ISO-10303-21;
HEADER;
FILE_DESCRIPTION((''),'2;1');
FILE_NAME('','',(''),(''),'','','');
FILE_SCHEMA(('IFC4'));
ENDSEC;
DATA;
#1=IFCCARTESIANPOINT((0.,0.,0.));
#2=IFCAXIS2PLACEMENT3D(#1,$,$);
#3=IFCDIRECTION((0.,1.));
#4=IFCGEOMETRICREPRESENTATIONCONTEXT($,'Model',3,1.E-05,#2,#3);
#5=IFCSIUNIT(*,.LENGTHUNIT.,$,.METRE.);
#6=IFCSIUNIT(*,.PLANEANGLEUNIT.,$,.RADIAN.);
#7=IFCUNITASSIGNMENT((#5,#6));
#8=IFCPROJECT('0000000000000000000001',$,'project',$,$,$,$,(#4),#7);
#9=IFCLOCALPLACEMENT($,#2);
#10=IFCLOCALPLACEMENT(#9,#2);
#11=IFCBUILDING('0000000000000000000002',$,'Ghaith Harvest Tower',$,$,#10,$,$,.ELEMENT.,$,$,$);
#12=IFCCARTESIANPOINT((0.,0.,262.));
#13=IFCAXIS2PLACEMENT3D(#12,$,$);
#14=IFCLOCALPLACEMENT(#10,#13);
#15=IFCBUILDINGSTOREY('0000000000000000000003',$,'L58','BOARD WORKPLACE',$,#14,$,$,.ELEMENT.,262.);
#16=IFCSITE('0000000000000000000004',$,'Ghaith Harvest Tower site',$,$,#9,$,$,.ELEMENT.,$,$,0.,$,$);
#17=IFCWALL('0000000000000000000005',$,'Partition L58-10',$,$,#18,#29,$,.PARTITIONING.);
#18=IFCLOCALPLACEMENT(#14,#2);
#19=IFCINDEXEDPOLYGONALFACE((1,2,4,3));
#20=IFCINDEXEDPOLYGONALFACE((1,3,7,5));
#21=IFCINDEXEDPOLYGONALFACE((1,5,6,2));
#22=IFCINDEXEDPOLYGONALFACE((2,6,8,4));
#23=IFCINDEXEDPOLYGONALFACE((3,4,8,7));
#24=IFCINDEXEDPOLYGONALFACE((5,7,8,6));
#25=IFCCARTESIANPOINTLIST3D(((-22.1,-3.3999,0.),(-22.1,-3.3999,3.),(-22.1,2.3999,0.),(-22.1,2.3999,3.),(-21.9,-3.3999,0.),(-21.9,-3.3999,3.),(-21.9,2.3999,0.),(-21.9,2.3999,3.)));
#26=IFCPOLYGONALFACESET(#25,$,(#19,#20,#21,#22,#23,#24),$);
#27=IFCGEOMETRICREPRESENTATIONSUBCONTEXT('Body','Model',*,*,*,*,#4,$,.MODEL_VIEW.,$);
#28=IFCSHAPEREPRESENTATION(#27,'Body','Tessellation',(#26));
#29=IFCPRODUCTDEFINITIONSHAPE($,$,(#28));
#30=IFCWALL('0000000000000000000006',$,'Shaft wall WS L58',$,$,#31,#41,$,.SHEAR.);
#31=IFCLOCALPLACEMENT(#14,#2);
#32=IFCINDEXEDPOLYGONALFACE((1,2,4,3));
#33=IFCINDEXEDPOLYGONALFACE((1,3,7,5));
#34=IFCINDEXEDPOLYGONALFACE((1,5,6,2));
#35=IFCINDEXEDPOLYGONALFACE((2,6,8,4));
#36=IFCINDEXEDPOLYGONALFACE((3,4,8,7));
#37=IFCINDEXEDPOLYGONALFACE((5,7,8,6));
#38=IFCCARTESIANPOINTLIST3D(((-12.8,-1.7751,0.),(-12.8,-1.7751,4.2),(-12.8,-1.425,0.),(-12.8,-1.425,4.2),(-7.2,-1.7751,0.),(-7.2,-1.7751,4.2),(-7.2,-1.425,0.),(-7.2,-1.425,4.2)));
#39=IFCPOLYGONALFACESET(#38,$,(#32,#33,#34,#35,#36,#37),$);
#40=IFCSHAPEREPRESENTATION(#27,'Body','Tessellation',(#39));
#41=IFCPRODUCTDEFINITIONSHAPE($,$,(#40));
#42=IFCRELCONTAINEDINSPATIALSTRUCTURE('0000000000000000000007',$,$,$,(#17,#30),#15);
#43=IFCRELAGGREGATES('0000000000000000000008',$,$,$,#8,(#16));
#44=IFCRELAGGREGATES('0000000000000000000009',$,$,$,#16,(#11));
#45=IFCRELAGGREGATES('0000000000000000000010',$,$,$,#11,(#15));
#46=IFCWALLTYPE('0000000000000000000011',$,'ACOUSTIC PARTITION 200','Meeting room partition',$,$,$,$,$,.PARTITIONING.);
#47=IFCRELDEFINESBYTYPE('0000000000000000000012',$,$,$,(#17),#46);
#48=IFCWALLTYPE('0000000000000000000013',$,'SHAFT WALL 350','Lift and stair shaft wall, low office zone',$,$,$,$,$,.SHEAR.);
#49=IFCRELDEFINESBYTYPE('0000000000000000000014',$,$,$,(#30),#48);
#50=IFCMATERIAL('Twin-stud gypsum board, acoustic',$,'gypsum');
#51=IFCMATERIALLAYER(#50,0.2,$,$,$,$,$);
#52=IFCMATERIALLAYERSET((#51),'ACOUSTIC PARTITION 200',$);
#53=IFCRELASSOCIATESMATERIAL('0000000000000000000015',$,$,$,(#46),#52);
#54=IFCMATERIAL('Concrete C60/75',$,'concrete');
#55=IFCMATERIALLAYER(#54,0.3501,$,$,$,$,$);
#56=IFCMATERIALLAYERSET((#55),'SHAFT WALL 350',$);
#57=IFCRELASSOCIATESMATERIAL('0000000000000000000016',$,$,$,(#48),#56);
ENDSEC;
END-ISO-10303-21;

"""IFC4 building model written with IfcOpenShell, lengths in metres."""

from ifc_helpers import new_model, si_unit, direction, frame, frame_2d, origin, place, context, subcontext, project, spatial, rectangle, extrude, material, layer, layer_set, type_object, element, save


model = new_model("IFC4")

# Units and contexts
model_context = context("Model", 3, precision=1e-05, world=origin(), true_north=direction((0.0, 1.0)))
body_context = subcontext(model_context, "Body", "Model", "MODEL_VIEW")
ifc_project = project(units=[si_unit("LENGTHUNIT", "METRE"), si_unit("PLANEANGLEUNIT", "RADIAN")], contexts=[model_context])

# Site, building, storey
site_placement = place(None, origin())
site = spatial("IfcSite", under=ifc_project, at=site_placement, Name="Ghaith Harvest Tower site", CompositionType="ELEMENT", RefElevation=0.0)
building_placement = place(site_placement, origin())
building = spatial("IfcBuilding", under=site, at=building_placement, Name="Ghaith Harvest Tower", CompositionType="ELEMENT")
storey_placement = place(building_placement, frame((0.0, 0.0, 262.0)))
storey = spatial("IfcBuildingStorey", under=building, at=storey_placement, Name="L58", Description="BOARD WORKPLACE", CompositionType="ELEMENT", Elevation=262.0)

# Shared definitions
ifc_material_1 = material(Name="Twin-stud gypsum board, acoustic", Category="gypsum")
ifc_layer_1 = layer(ifc_material_1, 0.2)
ifc_layer_set_1 = layer_set([ifc_layer_1], Name="ACOUSTIC PARTITION 200")
wall_type_1 = type_object("IfcWallType", Name="ACOUSTIC PARTITION 200", Description="Meeting room partition", PredefinedType="PARTITIONING", material=ifc_layer_set_1)

# Walls
wall_1_placement = place(storey_placement, frame((-22.0, -3.3999, 0.0), z_axis=(0.0, 0.0, 1.0), x_axis=(0.0, 1.0, 0.0)))
element("IfcWall", 1, at=wall_1_placement, inside=storey, type_object=wall_type_1, Name="Partition L58-10", PredefinedType="PARTITIONING", context=body_context, shape_type="SweptSolid", body=[
    extrude(rectangle(XDim=5.7998, YDim=0.2, at=frame_2d((2.8999, 0.0))), origin(), (0.0, 0.0, 1.0), 3.0),
])
ifc_material_2 = material(Name="Concrete C60/75", Category="concrete")
ifc_layer_2 = layer(ifc_material_2, 0.3501)
ifc_layer_set_2 = layer_set([ifc_layer_2], Name="SHAFT WALL 350")
wall_type_2 = type_object("IfcWallType", Name="SHAFT WALL 350", Description="Lift and stair shaft wall, low office zone", PredefinedType="SHEAR", material=ifc_layer_set_2)
wall_2_placement = place(storey_placement, frame((-12.8, -1.6001, 0.0), z_axis=(0.0, 0.0, 1.0), x_axis=(1.0, 0.0, 0.0)))
element("IfcWall", 2, at=wall_2_placement, inside=storey, type_object=wall_type_2, Name="Shaft wall WS L58", PredefinedType="SHEAR", context=body_context, shape_type="SweptSolid", body=[
    extrude(rectangle(XDim=5.6001, YDim=0.3501, at=frame_2d((2.8, 0.0))), origin(), (0.0, 0.0, 1.0), 4.2),
])

save(model, "model.ifc")
